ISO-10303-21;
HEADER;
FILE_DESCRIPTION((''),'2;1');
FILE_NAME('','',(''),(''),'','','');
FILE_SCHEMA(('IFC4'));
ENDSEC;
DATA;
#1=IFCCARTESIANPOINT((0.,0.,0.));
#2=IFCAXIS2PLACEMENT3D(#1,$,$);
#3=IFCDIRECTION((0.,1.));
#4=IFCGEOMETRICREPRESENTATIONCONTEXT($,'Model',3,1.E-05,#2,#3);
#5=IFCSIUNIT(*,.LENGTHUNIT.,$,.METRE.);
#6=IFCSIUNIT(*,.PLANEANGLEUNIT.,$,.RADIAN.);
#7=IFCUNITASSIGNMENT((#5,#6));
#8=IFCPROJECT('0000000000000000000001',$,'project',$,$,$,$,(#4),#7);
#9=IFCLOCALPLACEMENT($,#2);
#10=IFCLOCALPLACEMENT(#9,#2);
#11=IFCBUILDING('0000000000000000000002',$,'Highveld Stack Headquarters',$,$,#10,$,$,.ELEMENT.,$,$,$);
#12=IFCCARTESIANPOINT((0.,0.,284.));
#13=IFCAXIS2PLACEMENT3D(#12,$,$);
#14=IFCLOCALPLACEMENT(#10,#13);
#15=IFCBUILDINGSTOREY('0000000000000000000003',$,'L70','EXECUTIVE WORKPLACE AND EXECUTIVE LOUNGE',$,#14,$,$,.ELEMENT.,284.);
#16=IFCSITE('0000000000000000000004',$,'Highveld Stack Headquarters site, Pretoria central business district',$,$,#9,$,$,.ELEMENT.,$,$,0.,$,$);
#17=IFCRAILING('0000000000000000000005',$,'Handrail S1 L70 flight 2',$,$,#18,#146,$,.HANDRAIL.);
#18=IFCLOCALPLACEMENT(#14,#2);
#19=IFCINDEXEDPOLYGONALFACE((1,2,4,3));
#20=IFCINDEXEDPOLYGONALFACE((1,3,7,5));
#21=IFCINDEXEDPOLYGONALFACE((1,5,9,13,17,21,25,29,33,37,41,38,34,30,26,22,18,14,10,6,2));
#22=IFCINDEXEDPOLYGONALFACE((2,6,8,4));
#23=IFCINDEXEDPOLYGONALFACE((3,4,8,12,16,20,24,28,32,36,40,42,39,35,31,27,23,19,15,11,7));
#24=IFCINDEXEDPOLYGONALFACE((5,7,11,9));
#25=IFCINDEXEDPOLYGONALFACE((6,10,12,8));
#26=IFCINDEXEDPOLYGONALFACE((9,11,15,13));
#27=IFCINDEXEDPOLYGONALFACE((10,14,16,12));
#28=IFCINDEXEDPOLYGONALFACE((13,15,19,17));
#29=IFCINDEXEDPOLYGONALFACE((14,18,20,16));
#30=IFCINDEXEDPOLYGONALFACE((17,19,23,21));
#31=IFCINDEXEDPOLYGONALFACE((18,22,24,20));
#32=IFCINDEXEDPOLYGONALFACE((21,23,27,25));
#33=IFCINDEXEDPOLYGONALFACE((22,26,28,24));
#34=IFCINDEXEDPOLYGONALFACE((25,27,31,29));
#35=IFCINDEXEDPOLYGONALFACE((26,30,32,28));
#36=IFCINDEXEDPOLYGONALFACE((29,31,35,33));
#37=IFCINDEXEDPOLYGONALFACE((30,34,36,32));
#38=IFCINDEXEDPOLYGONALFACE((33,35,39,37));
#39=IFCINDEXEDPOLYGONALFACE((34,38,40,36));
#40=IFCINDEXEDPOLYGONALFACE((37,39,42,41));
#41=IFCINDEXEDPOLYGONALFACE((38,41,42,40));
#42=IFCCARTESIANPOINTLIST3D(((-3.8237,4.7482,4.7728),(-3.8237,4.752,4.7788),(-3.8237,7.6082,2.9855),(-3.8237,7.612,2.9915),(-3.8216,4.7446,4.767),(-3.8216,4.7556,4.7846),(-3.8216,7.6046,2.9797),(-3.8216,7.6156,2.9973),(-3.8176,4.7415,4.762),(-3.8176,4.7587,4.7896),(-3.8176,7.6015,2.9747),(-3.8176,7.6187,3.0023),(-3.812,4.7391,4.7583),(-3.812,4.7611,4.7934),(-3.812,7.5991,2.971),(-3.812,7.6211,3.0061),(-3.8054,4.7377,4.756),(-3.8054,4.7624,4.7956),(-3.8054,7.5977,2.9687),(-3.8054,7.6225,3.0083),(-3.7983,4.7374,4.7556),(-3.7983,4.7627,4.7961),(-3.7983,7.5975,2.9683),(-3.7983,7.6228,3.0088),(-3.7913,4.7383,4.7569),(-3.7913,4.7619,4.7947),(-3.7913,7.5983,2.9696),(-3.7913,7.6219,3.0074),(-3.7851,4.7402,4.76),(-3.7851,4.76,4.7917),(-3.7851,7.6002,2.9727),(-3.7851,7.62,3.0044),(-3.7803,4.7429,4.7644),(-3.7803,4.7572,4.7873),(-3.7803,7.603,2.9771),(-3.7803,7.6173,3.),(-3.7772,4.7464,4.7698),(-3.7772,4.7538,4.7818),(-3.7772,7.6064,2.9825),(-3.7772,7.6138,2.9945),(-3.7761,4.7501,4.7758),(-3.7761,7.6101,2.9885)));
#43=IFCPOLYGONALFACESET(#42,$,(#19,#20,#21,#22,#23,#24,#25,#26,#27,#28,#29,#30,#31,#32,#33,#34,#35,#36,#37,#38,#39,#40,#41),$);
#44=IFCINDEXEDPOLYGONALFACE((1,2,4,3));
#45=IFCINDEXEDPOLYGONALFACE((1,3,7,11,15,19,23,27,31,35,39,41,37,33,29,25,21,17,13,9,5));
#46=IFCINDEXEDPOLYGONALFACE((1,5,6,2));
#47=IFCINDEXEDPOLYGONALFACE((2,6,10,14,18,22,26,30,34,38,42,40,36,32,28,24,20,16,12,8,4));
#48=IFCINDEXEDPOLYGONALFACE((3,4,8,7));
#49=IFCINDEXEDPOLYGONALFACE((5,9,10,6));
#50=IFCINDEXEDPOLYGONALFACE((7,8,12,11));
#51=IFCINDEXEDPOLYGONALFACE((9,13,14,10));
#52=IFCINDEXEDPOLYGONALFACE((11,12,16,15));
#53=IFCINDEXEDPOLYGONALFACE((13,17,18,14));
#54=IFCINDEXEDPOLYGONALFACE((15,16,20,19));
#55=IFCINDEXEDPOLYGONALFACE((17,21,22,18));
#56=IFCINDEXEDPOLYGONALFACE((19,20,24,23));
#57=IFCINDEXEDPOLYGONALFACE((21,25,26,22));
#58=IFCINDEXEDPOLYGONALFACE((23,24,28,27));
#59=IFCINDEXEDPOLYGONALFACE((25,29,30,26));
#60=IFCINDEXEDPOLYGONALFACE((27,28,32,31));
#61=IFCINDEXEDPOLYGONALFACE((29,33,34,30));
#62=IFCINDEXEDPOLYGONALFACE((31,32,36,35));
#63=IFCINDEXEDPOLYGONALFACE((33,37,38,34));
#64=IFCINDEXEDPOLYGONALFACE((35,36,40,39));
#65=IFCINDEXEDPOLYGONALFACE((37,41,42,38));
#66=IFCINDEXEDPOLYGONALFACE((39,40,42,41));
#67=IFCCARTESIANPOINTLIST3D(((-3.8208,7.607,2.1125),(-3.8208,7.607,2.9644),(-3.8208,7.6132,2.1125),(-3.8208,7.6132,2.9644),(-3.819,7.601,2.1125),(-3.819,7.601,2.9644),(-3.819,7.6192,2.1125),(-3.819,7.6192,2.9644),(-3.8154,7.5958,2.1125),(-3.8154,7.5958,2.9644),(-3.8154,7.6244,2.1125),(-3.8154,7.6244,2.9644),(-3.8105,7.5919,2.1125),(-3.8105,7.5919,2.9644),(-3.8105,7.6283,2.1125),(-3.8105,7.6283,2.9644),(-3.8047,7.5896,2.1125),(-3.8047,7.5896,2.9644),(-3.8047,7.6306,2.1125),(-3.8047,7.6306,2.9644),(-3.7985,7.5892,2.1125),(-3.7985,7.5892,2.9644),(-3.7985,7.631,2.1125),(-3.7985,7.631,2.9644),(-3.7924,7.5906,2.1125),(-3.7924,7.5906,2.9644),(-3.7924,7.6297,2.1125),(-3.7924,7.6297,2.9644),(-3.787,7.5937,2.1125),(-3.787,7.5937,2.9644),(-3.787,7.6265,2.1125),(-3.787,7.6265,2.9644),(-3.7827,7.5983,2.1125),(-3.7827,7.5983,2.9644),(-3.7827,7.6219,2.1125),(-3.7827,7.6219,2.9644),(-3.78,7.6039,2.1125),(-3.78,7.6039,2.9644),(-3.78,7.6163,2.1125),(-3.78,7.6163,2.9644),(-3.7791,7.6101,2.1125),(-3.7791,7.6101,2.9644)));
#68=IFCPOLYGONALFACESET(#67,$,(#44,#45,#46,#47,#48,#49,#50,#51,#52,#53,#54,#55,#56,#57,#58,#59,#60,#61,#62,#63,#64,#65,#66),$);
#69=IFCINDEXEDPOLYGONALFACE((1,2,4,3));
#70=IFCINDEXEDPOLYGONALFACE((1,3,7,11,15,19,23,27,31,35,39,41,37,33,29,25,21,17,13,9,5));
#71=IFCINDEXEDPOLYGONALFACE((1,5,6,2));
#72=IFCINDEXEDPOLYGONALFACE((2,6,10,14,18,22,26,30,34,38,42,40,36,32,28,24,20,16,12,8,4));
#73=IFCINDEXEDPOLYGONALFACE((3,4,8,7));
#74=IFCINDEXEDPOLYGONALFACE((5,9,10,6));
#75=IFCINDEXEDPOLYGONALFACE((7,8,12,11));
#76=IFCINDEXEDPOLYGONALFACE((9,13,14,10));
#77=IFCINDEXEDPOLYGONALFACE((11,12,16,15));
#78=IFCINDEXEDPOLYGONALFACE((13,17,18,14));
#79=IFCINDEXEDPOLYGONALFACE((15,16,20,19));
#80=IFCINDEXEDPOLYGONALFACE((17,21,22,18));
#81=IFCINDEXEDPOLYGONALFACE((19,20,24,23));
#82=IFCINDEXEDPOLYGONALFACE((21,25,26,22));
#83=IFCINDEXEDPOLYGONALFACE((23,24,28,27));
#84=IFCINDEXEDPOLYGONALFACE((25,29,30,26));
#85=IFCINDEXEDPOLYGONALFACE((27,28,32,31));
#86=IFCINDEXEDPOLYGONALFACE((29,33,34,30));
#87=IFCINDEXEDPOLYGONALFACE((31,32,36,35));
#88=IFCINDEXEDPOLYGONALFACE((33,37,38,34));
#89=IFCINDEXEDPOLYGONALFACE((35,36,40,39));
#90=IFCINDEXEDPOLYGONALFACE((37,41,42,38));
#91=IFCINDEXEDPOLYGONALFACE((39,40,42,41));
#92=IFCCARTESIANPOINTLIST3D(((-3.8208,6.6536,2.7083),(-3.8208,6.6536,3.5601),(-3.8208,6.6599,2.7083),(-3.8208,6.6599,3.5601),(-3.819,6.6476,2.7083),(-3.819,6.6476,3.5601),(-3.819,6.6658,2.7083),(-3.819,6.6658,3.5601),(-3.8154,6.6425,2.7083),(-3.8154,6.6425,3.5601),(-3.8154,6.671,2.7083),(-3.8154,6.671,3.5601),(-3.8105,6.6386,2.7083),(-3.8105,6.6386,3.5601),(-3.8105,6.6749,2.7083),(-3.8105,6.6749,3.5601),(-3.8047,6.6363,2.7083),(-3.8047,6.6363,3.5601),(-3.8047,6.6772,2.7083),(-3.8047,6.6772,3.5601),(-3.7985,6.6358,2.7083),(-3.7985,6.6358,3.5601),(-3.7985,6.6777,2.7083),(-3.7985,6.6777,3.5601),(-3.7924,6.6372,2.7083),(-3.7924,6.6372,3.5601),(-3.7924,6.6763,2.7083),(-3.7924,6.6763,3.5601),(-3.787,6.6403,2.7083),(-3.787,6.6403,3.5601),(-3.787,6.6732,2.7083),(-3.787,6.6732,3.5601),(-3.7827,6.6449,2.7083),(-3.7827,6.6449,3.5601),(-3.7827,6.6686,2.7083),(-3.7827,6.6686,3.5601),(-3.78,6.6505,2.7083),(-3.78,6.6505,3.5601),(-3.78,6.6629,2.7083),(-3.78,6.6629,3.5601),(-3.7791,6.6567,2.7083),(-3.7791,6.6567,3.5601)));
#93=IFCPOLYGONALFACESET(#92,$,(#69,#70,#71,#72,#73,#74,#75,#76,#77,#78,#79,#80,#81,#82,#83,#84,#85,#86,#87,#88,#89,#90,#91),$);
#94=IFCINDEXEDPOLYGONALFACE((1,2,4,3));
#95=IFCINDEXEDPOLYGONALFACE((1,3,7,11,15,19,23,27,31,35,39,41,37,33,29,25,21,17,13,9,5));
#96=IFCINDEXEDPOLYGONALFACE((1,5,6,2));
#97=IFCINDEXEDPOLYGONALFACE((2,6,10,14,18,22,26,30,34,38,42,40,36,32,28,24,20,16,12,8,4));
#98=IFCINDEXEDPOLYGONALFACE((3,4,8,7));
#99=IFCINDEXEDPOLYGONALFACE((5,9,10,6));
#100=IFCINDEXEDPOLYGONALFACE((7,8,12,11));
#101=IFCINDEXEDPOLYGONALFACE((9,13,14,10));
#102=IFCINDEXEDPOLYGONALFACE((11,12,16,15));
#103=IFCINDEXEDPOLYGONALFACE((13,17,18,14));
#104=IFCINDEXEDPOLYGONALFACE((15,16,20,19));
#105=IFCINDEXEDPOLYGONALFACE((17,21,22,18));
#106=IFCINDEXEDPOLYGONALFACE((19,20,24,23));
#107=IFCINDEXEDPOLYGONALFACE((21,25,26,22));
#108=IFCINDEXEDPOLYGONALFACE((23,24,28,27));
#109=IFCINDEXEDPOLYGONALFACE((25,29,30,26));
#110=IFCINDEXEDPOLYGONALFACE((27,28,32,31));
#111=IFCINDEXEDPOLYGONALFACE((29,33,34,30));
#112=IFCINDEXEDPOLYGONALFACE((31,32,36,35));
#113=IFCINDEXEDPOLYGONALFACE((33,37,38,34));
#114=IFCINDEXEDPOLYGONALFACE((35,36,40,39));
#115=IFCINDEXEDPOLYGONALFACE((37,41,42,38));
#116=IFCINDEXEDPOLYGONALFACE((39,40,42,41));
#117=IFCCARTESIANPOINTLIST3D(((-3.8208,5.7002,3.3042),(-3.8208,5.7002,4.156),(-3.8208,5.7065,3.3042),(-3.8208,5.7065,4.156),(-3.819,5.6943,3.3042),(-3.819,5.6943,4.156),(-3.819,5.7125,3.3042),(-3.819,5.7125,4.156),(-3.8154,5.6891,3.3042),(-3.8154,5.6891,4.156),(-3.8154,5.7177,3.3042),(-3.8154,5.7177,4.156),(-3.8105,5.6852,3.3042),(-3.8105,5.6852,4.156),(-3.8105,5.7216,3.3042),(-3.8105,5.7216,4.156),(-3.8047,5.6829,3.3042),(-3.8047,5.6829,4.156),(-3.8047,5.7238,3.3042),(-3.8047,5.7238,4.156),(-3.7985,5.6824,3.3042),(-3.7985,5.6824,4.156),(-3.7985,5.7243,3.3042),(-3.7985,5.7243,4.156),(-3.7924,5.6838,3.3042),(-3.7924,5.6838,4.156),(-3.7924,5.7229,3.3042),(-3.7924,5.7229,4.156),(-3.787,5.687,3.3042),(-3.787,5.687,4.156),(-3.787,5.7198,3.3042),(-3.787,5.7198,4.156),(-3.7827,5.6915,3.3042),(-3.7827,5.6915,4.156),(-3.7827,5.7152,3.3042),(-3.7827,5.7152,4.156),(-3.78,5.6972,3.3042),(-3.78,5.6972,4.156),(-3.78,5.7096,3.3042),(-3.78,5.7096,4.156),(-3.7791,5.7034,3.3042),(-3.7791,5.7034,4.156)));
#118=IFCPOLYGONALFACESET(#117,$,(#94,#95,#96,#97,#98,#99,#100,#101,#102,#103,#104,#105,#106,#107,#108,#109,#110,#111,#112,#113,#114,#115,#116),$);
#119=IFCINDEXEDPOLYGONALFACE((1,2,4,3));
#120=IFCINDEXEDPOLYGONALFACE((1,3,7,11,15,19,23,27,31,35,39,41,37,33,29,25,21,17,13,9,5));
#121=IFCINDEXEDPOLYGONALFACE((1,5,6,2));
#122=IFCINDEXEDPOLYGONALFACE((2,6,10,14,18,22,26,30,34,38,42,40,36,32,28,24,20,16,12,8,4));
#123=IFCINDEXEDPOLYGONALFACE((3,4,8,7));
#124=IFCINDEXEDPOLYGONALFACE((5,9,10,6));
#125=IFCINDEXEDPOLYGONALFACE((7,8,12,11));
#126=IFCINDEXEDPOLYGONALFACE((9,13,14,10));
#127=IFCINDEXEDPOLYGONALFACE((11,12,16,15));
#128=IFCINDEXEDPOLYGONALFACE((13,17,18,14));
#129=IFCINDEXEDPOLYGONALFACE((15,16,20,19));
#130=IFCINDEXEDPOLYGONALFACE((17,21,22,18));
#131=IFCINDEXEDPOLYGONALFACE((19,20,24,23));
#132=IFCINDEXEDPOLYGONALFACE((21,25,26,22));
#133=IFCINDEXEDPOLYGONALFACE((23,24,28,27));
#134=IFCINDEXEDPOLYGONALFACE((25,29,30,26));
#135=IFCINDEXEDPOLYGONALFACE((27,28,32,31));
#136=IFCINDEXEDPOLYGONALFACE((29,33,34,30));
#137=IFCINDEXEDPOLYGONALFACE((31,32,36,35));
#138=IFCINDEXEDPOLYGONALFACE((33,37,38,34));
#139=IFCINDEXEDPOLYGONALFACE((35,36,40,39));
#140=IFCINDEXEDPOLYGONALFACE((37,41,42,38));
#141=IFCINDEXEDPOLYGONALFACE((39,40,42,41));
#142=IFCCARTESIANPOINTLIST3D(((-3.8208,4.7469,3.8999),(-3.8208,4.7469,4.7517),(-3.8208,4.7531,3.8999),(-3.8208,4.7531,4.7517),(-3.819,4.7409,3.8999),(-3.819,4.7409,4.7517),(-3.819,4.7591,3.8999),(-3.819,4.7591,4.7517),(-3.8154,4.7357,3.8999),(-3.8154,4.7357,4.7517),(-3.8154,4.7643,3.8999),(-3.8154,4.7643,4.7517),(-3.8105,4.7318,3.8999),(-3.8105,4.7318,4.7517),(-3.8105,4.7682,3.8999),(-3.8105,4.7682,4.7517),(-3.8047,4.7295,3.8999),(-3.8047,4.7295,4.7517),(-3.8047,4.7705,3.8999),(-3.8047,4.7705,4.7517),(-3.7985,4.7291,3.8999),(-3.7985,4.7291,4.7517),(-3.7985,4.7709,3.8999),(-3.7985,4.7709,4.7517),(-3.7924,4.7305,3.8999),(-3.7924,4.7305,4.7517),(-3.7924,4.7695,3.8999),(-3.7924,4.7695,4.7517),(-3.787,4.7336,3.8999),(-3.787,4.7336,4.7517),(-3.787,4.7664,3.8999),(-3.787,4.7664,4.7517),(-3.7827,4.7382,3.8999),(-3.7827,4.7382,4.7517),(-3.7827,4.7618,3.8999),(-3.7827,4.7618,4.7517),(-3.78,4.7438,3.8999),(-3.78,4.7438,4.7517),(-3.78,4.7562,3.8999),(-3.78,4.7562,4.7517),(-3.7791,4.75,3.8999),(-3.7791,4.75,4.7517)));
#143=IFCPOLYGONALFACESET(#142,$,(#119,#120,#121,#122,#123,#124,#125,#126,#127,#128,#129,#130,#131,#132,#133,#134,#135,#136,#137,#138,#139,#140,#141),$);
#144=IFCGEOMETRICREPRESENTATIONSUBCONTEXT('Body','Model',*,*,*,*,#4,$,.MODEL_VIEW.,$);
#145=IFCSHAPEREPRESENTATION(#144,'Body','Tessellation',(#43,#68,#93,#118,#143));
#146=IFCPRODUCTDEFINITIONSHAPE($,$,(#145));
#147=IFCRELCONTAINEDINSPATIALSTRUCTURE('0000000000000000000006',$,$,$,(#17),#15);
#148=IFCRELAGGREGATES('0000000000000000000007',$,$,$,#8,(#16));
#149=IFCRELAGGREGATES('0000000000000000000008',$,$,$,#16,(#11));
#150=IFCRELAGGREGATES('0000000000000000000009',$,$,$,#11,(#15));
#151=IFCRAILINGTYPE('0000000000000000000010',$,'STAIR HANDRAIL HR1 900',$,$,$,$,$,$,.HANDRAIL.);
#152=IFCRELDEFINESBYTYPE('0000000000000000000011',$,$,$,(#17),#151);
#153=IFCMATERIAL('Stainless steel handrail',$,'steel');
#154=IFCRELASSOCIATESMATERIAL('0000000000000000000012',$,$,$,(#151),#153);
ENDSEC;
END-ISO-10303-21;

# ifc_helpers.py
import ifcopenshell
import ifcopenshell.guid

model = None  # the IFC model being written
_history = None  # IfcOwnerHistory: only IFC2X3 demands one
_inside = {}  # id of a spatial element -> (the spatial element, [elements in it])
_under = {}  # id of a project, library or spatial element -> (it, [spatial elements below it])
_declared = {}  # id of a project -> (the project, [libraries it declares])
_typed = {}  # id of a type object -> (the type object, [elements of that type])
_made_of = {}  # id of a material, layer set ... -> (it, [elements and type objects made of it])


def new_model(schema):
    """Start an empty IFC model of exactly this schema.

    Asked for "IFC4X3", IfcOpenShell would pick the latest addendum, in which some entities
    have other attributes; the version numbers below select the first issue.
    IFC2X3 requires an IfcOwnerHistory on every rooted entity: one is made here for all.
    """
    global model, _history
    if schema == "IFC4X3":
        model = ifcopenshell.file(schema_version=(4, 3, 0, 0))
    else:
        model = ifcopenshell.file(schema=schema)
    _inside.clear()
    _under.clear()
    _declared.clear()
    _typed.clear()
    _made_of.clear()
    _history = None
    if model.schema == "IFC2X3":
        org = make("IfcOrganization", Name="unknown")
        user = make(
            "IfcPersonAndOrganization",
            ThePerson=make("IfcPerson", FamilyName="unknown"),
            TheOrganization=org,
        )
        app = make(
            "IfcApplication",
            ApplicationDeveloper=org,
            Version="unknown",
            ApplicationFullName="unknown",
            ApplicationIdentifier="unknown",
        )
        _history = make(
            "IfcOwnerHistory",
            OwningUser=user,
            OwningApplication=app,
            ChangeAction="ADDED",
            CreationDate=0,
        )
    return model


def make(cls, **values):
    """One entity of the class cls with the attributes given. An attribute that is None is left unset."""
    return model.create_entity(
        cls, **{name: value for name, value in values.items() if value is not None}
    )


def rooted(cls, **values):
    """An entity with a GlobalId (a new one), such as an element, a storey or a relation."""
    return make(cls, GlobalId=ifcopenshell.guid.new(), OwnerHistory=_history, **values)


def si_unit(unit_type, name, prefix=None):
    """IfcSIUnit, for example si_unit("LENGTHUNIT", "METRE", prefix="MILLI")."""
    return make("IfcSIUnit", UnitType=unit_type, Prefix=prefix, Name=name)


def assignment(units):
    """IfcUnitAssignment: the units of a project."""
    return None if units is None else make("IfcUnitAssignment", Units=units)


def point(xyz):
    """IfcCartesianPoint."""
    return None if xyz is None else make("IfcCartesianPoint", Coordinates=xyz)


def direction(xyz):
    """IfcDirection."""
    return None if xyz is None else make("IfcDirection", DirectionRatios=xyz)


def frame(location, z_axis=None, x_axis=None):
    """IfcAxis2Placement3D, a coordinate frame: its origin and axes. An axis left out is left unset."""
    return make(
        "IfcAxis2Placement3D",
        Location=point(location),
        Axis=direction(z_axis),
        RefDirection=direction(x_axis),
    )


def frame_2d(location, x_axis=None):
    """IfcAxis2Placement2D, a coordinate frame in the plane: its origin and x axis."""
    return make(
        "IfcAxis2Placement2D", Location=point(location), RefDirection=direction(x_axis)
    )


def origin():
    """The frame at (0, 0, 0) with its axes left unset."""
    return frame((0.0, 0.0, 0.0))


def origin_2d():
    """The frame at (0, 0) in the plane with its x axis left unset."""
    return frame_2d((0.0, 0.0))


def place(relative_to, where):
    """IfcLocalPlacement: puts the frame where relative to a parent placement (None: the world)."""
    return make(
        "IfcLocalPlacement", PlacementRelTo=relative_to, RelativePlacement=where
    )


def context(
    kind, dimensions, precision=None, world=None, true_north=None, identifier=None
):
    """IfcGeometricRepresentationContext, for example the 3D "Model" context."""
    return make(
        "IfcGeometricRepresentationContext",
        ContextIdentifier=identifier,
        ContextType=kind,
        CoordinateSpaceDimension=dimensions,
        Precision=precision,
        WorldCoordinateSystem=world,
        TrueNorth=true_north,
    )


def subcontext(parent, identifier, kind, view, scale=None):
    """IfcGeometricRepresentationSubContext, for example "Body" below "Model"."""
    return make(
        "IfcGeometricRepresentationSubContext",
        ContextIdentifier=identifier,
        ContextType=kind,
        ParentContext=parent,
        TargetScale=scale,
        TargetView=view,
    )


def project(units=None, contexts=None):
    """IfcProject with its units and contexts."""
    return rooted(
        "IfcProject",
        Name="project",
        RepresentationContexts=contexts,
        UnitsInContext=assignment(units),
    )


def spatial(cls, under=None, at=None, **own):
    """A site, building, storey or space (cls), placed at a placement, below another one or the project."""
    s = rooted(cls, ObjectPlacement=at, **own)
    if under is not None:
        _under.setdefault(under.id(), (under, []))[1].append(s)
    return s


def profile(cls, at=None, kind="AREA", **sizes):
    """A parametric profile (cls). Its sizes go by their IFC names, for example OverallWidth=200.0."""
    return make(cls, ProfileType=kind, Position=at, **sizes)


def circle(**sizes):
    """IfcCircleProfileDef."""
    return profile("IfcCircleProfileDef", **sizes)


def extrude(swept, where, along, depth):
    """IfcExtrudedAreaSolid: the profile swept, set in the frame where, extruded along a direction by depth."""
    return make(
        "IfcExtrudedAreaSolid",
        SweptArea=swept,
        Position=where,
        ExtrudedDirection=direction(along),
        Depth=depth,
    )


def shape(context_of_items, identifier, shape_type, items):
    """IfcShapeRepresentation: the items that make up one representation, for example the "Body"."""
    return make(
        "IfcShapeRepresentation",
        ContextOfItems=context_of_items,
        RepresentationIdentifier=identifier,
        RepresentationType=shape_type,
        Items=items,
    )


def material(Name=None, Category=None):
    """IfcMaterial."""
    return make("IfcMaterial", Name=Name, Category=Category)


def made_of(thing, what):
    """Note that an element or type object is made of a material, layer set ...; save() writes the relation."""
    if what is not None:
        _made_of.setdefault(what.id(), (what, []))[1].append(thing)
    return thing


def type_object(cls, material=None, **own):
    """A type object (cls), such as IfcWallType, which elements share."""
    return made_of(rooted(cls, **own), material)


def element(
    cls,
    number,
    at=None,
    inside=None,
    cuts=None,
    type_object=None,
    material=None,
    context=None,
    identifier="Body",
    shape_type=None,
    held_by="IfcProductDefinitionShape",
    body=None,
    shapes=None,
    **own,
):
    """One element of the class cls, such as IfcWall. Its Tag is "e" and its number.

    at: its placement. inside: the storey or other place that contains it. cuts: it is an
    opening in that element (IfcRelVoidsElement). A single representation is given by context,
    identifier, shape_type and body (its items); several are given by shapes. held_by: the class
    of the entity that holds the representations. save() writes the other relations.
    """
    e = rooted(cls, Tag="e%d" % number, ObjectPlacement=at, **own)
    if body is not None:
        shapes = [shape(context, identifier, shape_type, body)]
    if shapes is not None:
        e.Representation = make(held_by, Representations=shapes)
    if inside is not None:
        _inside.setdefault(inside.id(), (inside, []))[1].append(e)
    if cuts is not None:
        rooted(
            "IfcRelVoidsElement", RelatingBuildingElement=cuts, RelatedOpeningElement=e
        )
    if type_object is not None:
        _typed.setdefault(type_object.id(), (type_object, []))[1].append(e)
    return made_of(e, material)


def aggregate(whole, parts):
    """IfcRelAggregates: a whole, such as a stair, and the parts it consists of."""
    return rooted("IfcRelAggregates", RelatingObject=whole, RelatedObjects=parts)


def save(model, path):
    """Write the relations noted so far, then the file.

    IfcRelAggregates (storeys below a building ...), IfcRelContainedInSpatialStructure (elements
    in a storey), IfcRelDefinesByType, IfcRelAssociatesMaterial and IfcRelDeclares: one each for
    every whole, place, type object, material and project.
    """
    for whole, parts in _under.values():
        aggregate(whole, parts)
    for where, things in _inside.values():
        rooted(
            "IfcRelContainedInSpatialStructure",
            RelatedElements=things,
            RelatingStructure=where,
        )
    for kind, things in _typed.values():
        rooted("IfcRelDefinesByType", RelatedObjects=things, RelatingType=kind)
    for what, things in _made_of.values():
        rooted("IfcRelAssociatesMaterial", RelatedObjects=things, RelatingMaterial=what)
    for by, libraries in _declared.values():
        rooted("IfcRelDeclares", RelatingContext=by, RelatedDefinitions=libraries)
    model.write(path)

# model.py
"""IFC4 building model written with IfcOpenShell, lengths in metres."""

from ifc_helpers import new_model, si_unit, direction, frame, origin, origin_2d, place, context, subcontext, project, spatial, circle, extrude, material, type_object, element, save


model = new_model("IFC4")

# Units and contexts
model_context = context("Model", 3, precision=1e-05, world=origin(), true_north=direction((0.0, 1.0)))
body_context = subcontext(model_context, "Body", "Model", "MODEL_VIEW")
ifc_project = project(units=[si_unit("LENGTHUNIT", "METRE"), si_unit("PLANEANGLEUNIT", "RADIAN")], contexts=[model_context])

# Site, building, storey
site_placement = place(None, origin())
site = spatial("IfcSite", under=ifc_project, at=site_placement, Name="Highveld Stack Headquarters site, Pretoria central business district", CompositionType="ELEMENT", RefElevation=0.0)
building_placement = place(site_placement, origin())
building = spatial("IfcBuilding", under=site, at=building_placement, Name="Highveld Stack Headquarters", CompositionType="ELEMENT")
storey_placement = place(building_placement, frame((0.0, 0.0, 284.0)))
storey = spatial("IfcBuildingStorey", under=building, at=storey_placement, Name="L70", Description="EXECUTIVE WORKPLACE AND EXECUTIVE LOUNGE", CompositionType="ELEMENT", Elevation=284.0)

# Railing
ifc_material_1 = material(Name="Stainless steel handrail", Category="steel")
railing_type = type_object("IfcRailingType", Name="STAIR HANDRAIL HR1 900", PredefinedType="HANDRAIL", material=ifc_material_1)
for number, where, name in (
    (1, (-3.8, 7.6101, 2.1125), "Handrail S1 L70 flight 2"),
):
    element("IfcRailing", number, at=place(storey_placement, frame(where)), inside=storey, type_object=railing_type, Name=name, PredefinedType="HANDRAIL", context=body_context, shape_type="SweptSolid", body=[
        extrude(circle(Radius=0.0239, at=origin_2d()), frame((0.0, 0.0, 0.876), z_axis=(0.0, -0.848027, 0.529953), x_axis=(1.0, 0.0, 0.0)), (0.0, 0.0, 1.0), 3.3726),
        extrude(circle(Radius=0.021, at=origin_2d()), origin(), (0.0, 0.0, 1.0), 0.8518),
        extrude(circle(Radius=0.021, at=origin_2d()), frame((0.0, -0.9534, 0.5957)), (0.0, 0.0, 1.0), 0.8518),
        extrude(circle(Radius=0.021, at=origin_2d()), frame((0.0, -1.9067, 1.1917)), (0.0, 0.0, 1.0), 0.8518),
        extrude(circle(Radius=0.021, at=origin_2d()), frame((0.0, -2.8601, 1.7874)), (0.0, 0.0, 1.0), 0.8518),
    ])

save(model, "model.ifc")
